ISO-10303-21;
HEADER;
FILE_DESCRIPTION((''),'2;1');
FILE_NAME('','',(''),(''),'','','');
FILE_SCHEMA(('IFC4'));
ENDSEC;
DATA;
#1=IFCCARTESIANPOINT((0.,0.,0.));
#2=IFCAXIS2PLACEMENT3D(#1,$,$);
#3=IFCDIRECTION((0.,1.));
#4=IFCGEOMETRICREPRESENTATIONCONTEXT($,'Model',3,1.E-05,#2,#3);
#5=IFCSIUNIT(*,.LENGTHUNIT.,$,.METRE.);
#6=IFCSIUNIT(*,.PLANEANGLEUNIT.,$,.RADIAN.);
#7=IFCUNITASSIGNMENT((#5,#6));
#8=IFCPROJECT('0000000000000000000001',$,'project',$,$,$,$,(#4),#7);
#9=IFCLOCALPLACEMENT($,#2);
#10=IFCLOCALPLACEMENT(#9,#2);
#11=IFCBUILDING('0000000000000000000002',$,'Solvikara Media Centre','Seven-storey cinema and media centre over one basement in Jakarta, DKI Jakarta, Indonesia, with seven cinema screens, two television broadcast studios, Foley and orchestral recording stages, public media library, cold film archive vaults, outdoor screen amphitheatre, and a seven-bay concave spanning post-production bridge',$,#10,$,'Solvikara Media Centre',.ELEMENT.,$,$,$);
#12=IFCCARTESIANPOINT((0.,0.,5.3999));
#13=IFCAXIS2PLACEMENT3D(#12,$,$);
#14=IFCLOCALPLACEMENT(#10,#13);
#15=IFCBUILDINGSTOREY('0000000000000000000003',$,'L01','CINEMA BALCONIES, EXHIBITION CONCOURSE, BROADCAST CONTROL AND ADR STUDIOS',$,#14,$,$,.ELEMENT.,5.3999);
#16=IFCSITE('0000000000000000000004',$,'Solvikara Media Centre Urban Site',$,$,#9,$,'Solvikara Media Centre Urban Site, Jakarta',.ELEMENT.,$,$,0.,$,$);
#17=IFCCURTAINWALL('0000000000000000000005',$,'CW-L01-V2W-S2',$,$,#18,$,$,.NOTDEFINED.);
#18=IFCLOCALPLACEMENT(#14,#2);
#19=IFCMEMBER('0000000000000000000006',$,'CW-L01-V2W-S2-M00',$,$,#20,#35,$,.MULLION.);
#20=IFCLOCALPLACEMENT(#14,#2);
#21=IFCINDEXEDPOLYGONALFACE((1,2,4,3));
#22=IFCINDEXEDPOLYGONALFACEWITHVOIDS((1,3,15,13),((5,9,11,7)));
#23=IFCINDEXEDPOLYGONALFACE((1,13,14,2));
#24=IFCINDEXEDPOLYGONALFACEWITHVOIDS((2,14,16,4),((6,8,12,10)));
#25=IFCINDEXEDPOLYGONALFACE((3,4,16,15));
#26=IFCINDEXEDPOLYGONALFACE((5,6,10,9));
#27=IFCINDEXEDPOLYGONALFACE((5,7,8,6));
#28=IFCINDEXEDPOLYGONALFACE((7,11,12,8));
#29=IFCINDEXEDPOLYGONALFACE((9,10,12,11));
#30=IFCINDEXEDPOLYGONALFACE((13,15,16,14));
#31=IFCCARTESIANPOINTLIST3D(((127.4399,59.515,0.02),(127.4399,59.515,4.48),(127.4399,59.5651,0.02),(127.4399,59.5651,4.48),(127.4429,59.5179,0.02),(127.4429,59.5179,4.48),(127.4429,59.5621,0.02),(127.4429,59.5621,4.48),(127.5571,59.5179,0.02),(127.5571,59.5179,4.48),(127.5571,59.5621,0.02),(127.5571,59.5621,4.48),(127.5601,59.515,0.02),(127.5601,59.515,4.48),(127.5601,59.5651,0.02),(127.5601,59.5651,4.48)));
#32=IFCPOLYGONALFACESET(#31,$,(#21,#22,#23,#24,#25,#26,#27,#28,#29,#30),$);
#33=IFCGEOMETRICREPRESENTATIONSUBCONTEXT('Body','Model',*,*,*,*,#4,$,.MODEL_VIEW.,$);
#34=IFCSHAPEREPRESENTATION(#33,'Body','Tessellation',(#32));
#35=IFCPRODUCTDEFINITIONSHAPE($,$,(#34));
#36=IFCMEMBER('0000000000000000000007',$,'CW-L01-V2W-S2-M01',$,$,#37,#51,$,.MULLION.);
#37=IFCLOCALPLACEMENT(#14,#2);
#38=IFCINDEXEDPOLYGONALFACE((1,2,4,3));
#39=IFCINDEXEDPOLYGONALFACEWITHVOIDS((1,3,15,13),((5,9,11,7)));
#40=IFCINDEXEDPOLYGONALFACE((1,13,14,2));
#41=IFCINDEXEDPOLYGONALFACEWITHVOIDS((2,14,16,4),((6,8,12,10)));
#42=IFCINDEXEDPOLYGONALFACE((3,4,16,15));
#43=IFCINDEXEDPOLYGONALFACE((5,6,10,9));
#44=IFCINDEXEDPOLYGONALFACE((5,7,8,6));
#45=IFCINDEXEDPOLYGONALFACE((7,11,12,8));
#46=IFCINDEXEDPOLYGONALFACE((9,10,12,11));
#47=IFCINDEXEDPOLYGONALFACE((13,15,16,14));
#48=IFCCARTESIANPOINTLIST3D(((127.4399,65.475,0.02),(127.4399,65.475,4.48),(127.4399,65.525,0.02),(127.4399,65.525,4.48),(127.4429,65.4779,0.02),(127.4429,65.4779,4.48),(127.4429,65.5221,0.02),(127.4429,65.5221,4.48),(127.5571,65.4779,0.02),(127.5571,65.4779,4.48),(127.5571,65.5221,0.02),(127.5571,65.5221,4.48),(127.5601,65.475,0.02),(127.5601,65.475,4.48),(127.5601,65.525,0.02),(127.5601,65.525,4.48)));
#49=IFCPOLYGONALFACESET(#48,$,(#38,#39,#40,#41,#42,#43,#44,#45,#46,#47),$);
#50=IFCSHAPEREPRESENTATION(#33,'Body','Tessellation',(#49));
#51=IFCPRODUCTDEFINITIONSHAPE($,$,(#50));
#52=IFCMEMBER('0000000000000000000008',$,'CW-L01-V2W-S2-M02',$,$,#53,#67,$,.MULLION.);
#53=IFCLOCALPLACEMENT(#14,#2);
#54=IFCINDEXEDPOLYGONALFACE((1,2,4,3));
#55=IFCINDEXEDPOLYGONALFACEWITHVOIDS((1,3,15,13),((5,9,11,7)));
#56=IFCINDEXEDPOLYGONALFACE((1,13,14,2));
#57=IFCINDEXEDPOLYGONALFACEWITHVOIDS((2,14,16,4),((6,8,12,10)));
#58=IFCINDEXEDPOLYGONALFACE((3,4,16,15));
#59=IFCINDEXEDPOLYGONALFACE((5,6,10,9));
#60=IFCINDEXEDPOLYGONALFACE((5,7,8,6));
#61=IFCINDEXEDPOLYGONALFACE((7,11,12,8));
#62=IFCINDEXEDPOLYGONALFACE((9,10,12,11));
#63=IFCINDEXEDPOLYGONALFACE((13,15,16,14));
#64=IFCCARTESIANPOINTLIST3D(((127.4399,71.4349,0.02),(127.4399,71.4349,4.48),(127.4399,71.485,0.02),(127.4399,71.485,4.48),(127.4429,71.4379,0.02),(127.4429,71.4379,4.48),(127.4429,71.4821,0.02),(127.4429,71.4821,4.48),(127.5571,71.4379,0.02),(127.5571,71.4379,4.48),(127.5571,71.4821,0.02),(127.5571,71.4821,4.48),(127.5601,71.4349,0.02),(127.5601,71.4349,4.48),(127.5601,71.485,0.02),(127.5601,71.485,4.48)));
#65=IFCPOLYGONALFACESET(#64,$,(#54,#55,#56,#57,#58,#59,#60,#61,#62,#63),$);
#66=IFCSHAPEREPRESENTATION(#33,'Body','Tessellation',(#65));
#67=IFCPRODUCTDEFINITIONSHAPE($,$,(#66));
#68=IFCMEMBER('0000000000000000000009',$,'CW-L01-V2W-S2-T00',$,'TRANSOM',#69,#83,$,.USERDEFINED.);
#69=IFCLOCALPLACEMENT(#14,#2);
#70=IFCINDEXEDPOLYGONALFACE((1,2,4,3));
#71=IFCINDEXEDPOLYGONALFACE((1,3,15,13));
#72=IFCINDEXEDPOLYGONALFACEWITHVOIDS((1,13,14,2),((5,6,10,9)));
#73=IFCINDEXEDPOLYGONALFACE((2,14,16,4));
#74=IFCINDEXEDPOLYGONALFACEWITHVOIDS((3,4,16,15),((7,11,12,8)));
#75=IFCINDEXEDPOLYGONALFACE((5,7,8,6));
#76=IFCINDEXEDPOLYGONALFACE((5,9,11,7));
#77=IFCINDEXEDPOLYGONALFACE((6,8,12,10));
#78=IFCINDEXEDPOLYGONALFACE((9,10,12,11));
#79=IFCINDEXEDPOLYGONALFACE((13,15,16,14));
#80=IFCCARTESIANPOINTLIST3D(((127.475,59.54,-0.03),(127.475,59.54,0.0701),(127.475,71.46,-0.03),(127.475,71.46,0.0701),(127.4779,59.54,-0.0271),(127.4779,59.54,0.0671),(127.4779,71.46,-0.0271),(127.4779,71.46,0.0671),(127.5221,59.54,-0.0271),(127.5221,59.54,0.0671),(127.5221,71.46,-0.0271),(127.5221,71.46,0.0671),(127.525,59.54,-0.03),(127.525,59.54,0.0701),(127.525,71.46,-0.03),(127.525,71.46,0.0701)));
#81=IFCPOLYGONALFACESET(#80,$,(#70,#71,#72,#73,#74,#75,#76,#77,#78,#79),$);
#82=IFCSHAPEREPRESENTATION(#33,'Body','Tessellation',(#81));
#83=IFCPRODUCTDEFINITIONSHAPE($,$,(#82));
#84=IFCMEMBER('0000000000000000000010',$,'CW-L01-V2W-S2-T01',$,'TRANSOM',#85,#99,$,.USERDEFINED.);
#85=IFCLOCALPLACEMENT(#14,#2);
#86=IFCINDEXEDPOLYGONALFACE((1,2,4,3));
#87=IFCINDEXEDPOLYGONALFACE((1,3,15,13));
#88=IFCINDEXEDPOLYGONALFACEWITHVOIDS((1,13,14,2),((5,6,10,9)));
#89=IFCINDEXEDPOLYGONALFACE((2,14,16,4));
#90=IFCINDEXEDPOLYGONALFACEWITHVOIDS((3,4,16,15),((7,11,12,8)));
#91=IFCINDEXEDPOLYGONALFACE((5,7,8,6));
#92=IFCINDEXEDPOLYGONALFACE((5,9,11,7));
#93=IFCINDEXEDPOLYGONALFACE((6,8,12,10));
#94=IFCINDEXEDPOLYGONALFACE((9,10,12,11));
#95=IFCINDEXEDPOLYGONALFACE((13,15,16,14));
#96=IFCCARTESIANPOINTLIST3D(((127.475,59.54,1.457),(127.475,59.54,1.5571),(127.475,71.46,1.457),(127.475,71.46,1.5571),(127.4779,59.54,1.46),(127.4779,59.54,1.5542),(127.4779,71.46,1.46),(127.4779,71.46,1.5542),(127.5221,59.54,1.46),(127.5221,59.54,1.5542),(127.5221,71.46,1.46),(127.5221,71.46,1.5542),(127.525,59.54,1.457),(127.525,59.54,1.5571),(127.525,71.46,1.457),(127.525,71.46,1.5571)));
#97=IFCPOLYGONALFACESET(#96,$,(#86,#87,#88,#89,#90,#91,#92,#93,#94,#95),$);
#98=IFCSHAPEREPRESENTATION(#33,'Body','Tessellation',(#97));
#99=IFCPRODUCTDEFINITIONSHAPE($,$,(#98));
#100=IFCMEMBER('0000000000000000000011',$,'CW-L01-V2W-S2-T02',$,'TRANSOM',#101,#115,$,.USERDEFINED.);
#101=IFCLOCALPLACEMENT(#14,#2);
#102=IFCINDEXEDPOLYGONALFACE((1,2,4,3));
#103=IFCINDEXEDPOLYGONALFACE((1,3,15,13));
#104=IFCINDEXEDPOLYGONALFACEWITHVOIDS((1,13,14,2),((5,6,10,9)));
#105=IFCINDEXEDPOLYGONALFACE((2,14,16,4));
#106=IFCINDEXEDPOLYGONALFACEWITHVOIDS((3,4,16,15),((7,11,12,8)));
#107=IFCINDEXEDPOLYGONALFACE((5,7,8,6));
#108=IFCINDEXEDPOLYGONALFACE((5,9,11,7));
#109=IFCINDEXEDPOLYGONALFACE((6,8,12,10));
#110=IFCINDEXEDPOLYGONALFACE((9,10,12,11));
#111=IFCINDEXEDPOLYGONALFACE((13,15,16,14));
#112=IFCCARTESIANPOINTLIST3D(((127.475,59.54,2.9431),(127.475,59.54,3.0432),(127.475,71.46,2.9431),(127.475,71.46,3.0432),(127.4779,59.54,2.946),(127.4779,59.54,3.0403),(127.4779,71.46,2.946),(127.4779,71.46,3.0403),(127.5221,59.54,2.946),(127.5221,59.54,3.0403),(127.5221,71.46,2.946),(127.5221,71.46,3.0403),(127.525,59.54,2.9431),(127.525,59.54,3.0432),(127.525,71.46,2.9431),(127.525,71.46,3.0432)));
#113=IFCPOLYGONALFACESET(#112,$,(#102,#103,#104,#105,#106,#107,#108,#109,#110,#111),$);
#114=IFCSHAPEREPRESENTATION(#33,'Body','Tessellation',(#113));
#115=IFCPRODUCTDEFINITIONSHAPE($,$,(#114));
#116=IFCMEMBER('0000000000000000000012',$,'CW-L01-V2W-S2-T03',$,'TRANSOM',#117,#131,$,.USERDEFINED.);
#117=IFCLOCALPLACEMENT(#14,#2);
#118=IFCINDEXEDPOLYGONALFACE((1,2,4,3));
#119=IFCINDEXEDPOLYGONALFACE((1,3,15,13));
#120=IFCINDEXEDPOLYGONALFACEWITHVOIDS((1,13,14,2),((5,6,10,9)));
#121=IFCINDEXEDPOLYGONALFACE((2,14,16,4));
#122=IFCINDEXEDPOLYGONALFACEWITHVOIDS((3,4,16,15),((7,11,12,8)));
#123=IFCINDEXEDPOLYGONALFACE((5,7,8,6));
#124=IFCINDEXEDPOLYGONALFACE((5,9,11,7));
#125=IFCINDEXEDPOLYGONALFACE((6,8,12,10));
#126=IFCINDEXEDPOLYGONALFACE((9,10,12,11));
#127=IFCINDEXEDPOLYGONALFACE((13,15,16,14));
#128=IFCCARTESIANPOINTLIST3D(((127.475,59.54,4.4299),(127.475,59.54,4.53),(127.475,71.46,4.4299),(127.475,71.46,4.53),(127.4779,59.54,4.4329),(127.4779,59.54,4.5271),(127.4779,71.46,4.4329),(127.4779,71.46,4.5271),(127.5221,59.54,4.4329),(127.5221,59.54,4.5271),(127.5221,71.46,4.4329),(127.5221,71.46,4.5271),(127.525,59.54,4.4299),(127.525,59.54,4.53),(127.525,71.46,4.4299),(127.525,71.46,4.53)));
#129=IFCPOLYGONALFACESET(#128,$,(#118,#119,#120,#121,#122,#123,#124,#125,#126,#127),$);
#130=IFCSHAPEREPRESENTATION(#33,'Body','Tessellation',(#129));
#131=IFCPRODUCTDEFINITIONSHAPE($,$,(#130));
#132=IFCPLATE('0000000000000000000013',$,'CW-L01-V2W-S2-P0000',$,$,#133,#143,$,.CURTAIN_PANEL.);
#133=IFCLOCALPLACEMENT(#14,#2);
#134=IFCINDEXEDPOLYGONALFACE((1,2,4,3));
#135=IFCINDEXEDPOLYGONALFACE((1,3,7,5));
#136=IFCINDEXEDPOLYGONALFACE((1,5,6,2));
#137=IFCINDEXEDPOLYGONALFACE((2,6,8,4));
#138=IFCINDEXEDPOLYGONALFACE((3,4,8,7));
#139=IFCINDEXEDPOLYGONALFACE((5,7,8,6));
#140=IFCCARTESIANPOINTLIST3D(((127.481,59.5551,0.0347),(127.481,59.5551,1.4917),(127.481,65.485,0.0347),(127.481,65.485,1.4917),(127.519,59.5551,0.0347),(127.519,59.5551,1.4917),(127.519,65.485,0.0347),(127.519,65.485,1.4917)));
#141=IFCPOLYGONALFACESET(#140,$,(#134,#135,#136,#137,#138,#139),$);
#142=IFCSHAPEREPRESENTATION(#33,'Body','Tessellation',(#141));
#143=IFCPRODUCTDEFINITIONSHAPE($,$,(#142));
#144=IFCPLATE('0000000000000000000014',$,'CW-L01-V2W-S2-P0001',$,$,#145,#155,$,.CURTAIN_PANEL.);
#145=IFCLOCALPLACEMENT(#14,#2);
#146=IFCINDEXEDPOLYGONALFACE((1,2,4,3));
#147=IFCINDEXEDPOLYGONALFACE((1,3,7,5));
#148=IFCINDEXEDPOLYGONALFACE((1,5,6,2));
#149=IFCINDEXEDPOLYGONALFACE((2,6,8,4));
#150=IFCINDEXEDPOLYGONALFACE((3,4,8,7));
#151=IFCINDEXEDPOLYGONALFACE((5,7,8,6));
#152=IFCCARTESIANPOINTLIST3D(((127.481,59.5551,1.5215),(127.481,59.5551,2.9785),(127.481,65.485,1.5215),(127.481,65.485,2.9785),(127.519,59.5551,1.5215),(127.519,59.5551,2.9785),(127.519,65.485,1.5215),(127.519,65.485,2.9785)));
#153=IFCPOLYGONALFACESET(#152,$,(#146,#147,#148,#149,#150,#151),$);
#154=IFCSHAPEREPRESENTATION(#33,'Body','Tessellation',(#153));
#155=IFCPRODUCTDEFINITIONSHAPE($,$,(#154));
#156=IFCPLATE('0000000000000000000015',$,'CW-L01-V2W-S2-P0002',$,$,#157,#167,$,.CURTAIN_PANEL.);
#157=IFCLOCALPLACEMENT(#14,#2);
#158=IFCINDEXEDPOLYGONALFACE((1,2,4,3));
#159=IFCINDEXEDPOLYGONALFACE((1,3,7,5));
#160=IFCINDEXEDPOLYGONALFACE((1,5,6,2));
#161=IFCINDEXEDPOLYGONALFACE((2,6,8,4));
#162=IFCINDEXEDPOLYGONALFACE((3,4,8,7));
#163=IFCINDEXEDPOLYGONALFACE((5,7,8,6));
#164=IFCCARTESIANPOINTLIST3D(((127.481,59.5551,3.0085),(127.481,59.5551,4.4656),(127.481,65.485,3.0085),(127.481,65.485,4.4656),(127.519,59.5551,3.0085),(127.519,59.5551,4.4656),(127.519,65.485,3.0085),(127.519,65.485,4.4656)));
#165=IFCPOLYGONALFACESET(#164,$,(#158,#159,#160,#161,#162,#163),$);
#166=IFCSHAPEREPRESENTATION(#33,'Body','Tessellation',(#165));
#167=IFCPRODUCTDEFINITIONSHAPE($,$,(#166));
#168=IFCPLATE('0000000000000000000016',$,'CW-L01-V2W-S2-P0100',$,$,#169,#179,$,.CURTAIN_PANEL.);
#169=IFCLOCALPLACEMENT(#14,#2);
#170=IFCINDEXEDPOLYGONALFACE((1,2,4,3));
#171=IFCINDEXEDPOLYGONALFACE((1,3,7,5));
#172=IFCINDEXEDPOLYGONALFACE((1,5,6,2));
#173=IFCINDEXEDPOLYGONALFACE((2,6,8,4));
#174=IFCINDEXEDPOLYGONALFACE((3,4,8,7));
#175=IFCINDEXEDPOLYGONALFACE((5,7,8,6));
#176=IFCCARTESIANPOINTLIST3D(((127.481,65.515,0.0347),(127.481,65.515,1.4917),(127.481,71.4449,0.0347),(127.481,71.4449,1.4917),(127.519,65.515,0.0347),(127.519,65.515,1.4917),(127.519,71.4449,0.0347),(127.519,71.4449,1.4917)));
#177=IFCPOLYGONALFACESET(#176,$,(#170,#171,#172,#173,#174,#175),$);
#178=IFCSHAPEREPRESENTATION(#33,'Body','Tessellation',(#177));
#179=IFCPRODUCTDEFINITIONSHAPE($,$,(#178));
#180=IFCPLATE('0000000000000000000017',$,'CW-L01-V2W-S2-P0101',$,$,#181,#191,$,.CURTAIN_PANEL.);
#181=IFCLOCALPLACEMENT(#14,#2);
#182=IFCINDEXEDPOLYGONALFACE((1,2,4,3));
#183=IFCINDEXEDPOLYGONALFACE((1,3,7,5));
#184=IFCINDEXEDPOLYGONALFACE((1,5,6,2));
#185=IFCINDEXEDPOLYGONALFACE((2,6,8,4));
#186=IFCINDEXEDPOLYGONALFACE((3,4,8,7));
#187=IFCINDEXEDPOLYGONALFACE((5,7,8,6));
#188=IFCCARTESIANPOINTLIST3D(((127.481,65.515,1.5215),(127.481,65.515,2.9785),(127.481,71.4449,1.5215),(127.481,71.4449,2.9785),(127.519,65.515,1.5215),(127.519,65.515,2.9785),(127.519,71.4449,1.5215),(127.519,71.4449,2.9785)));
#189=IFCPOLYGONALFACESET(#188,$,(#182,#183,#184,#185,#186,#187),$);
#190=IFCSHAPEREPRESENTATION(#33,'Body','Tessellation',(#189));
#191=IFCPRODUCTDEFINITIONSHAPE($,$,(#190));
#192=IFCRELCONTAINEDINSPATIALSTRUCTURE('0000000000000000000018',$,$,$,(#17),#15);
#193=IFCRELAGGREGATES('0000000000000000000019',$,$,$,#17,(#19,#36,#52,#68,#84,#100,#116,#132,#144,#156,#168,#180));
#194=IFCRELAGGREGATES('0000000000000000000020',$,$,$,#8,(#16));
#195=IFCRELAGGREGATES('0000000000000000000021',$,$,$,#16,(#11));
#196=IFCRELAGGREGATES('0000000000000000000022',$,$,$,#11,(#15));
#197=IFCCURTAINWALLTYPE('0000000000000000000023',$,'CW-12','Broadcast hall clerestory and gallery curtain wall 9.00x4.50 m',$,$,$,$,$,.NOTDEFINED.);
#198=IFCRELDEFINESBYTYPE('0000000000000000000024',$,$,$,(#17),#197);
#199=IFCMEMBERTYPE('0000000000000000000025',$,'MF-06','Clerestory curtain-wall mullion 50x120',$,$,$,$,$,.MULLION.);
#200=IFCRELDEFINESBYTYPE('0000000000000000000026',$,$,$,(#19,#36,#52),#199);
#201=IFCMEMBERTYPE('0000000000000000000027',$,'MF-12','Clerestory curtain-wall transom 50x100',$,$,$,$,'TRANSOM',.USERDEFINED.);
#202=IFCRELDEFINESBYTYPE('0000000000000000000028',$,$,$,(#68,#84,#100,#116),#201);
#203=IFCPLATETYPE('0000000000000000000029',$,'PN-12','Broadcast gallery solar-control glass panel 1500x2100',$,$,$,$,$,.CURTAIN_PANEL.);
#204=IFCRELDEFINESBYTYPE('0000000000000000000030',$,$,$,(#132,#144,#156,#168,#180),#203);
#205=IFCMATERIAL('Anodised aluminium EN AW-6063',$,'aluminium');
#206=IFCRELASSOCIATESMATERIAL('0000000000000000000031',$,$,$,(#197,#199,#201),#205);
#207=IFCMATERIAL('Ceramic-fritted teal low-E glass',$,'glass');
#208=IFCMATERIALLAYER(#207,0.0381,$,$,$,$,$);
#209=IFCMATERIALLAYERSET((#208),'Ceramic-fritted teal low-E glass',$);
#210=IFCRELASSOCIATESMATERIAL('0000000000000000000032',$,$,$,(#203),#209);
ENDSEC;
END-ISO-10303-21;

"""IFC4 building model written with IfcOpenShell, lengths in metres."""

from ifc_helpers import new_model, si_unit, direction, frame, origin, origin_2d, place, context, subcontext, project, spatial, rectangle, hollow_rectangle, extrude, material, layer, layer_set, material_profile, profile_set, type_object, element, aggregate, save


model = new_model("IFC4")

# Units and contexts
model_context = context("Model", 3, precision=1e-05, world=origin(), true_north=direction((0.0, 1.0)))
body_context = subcontext(model_context, "Body", "Model", "MODEL_VIEW")
ifc_project = project(units=[si_unit("LENGTHUNIT", "METRE"), si_unit("PLANEANGLEUNIT", "RADIAN")], contexts=[model_context])

# Site, building, storey
site_placement = place(None, origin())
site = spatial("IfcSite", under=ifc_project, at=site_placement, Name="Solvikara Media Centre Urban Site", LongName="Solvikara Media Centre Urban Site, Jakarta", CompositionType="ELEMENT", RefElevation=0.0)
building_placement = place(site_placement, origin())
building = spatial("IfcBuilding", under=site, at=building_placement, Name="Solvikara Media Centre", Description="Seven-storey cinema and media centre over one basement in Jakarta, DKI Jakarta, Indonesia, with seven cinema screens, two television broadcast studios, Foley and orchestral recording stages, public media library, cold film archive vaults, outdoor screen amphitheatre, and a seven-bay concave spanning post-production bridge", LongName="Solvikara Media Centre", CompositionType="ELEMENT")
storey_placement = place(building_placement, frame((0.0, 0.0, 5.3999)))
storey = spatial("IfcBuildingStorey", under=building, at=storey_placement, Name="L01", Description="CINEMA BALCONIES, EXHIBITION CONCOURSE, BROADCAST CONTROL AND ADR STUDIOS", CompositionType="ELEMENT", Elevation=5.3999)

# Curtain wall, members, plates
ifc_material_1 = material(Name="Anodised aluminium EN AW-6063", Category="aluminium")
curtain_wall_type = type_object("IfcCurtainWallType", Name="CW-12", Description="Broadcast hall clerestory and gallery curtain wall 9.00x4.50 m", PredefinedType="NOTDEFINED", material=ifc_material_1)
curtain_wall_placement = place(storey_placement, origin())
curtain_wall = element("IfcCurtainWall", 1, at=curtain_wall_placement, inside=storey, type_object=curtain_wall_type, Name="CW-L01-V2W-S2", PredefinedType="NOTDEFINED")
ifc_material_profile_1 = material_profile(ifc_material_1, hollow_rectangle(XDim=0.05, YDim=0.1201, WallThickness=0.0029, at=origin_2d()), Name="ALU-M 50x120x3")
ifc_profile_set_1 = profile_set([ifc_material_profile_1], Name="Anodised aluminium EN AW-6063")
member_type_1 = type_object("IfcMemberType", Name="MF-06", Description="Clerestory curtain-wall mullion 50x120", PredefinedType="MULLION", material=ifc_profile_set_1)
member_1_placement = place(storey_placement, frame((127.5, 59.54, 0.02), z_axis=(0.0, 0.0, 1.0), x_axis=(0.0, 1.0, 0.0)))
member_1 = element("IfcMember", 2, at=member_1_placement, type_object=member_type_1, Name="CW-L01-V2W-S2-M00", PredefinedType="MULLION", context=body_context, shape_type="SweptSolid", body=[
    extrude(hollow_rectangle(XDim=0.05, YDim=0.1201, WallThickness=0.0029, at=origin_2d()), origin(), (0.0, 0.0, 1.0), 4.46),
])
member_2_placement = place(storey_placement, frame((127.5, 65.5, 0.02), z_axis=(0.0, 0.0, 1.0), x_axis=(0.0, 1.0, 0.0)))
member_2 = element("IfcMember", 3, at=member_2_placement, type_object=member_type_1, Name="CW-L01-V2W-S2-M01", PredefinedType="MULLION", context=body_context, shape_type="SweptSolid", body=[
    extrude(hollow_rectangle(XDim=0.05, YDim=0.1201, WallThickness=0.0029, at=origin_2d()), origin(), (0.0, 0.0, 1.0), 4.46),
])
member_3_placement = place(storey_placement, frame((127.5, 71.46, 0.02), z_axis=(0.0, 0.0, 1.0), x_axis=(0.0, 1.0, 0.0)))
member_3 = element("IfcMember", 4, at=member_3_placement, type_object=member_type_1, Name="CW-L01-V2W-S2-M02", PredefinedType="MULLION", context=body_context, shape_type="SweptSolid", body=[
    extrude(hollow_rectangle(XDim=0.05, YDim=0.1201, WallThickness=0.0029, at=origin_2d()), origin(), (0.0, 0.0, 1.0), 4.46),
])
ifc_material_profile_2 = material_profile(ifc_material_1, hollow_rectangle(XDim=0.05, YDim=0.1001, WallThickness=0.0029, at=origin_2d()), Name="ALU-T 50x100x3")
ifc_profile_set_2 = profile_set([ifc_material_profile_2], Name="Anodised aluminium EN AW-6063")
member_type_2 = type_object("IfcMemberType", Name="MF-12", Description="Clerestory curtain-wall transom 50x100", ElementType="TRANSOM", PredefinedType="USERDEFINED", material=ifc_profile_set_2)
member_4_placement = place(storey_placement, frame((127.5, 59.54, 0.02), z_axis=(0.0, 1.0, 0.0), x_axis=(-1.0, 0.0, 0.0)))
member_4 = element("IfcMember", 5, at=member_4_placement, type_object=member_type_2, Name="CW-L01-V2W-S2-T00", ObjectType="TRANSOM", PredefinedType="USERDEFINED", context=body_context, shape_type="SweptSolid", body=[
    extrude(hollow_rectangle(XDim=0.05, YDim=0.1001, WallThickness=0.0029, at=origin_2d()), origin(), (0.0, 0.0, 1.0), 11.9199),
])
member_5_placement = place(storey_placement, frame((127.5, 59.54, 1.5071), z_axis=(0.0, 1.0, 0.0), x_axis=(-1.0, 0.0, 0.0)))
member_5 = element("IfcMember", 6, at=member_5_placement, type_object=member_type_2, Name="CW-L01-V2W-S2-T01", ObjectType="TRANSOM", PredefinedType="USERDEFINED", context=body_context, shape_type="SweptSolid", body=[
    extrude(hollow_rectangle(XDim=0.05, YDim=0.1001, WallThickness=0.0029, at=origin_2d()), origin(), (0.0, 0.0, 1.0), 11.9199),
])
member_6_placement = place(storey_placement, frame((127.5, 59.54, 2.9932), z_axis=(0.0, 1.0, 0.0), x_axis=(-1.0, 0.0, 0.0)))
member_6 = element("IfcMember", 7, at=member_6_placement, type_object=member_type_2, Name="CW-L01-V2W-S2-T02", ObjectType="TRANSOM", PredefinedType="USERDEFINED", context=body_context, shape_type="SweptSolid", body=[
    extrude(hollow_rectangle(XDim=0.05, YDim=0.1001, WallThickness=0.0029, at=origin_2d()), origin(), (0.0, 0.0, 1.0), 11.9199),
])
member_7_placement = place(storey_placement, frame((127.5, 59.54, 4.48), z_axis=(0.0, 1.0, 0.0), x_axis=(-1.0, 0.0, 0.0)))
member_7 = element("IfcMember", 8, at=member_7_placement, type_object=member_type_2, Name="CW-L01-V2W-S2-T03", ObjectType="TRANSOM", PredefinedType="USERDEFINED", context=body_context, shape_type="SweptSolid", body=[
    extrude(hollow_rectangle(XDim=0.05, YDim=0.1001, WallThickness=0.0029, at=origin_2d()), origin(), (0.0, 0.0, 1.0), 11.9199),
])
ifc_material_2 = material(Name="Ceramic-fritted teal low-E glass", Category="glass")
ifc_layer_1 = layer(ifc_material_2, 0.0381)
ifc_layer_set_1 = layer_set([ifc_layer_1], Name="Ceramic-fritted teal low-E glass")
plate_type = type_object("IfcPlateType", Name="PN-12", Description="Broadcast gallery solar-control glass panel 1500x2100", PredefinedType="CURTAIN_PANEL", material=ifc_layer_set_1)
plate_1_placement = place(storey_placement, frame((127.5, 62.52, 0.0347), z_axis=(0.0, 0.0, 1.0), x_axis=(0.0, 1.0, 0.0)))
plate_1 = element("IfcPlate", 9, at=plate_1_placement, type_object=plate_type, Name="CW-L01-V2W-S2-P0000", PredefinedType="CURTAIN_PANEL", context=body_context, shape_type="SweptSolid", body=[
    extrude(rectangle(XDim=5.9299, YDim=0.0381, at=origin_2d()), origin(), (0.0, 0.0, 1.0), 1.457),
])
plate_2_placement = place(storey_placement, frame((127.5, 62.52, 1.5215), z_axis=(0.0, 0.0, 1.0), x_axis=(0.0, 1.0, 0.0)))
plate_2 = element("IfcPlate", 10, at=plate_2_placement, type_object=plate_type, Name="CW-L01-V2W-S2-P0001", PredefinedType="CURTAIN_PANEL", context=body_context, shape_type="SweptSolid", body=[
    extrude(rectangle(XDim=5.9299, YDim=0.0381, at=origin_2d()), origin(), (0.0, 0.0, 1.0), 1.457),
])
plate_3_placement = place(storey_placement, frame((127.5, 62.52, 3.0085), z_axis=(0.0, 0.0, 1.0), x_axis=(0.0, 1.0, 0.0)))
plate_3 = element("IfcPlate", 11, at=plate_3_placement, type_object=plate_type, Name="CW-L01-V2W-S2-P0002", PredefinedType="CURTAIN_PANEL", context=body_context, shape_type="SweptSolid", body=[
    extrude(rectangle(XDim=5.9299, YDim=0.0381, at=origin_2d()), origin(), (0.0, 0.0, 1.0), 1.457),
])
plate_4_placement = place(storey_placement, frame((127.5, 68.48, 0.0347), z_axis=(0.0, 0.0, 1.0), x_axis=(0.0, 1.0, 0.0)))
plate_4 = element("IfcPlate", 12, at=plate_4_placement, type_object=plate_type, Name="CW-L01-V2W-S2-P0100", PredefinedType="CURTAIN_PANEL", context=body_context, shape_type="SweptSolid", body=[
    extrude(rectangle(XDim=5.9299, YDim=0.0381, at=origin_2d()), origin(), (0.0, 0.0, 1.0), 1.457),
])
plate_5_placement = place(storey_placement, frame((127.5, 68.48, 1.5215), z_axis=(0.0, 0.0, 1.0), x_axis=(0.0, 1.0, 0.0)))
plate_5 = element("IfcPlate", 13, at=plate_5_placement, type_object=plate_type, Name="CW-L01-V2W-S2-P0101", PredefinedType="CURTAIN_PANEL", context=body_context, shape_type="SweptSolid", body=[
    extrude(rectangle(XDim=5.9299, YDim=0.0381, at=origin_2d()), origin(), (0.0, 0.0, 1.0), 1.457),
])
aggregate(curtain_wall, [member_1, member_2, member_3, member_4, member_5, member_6, member_7, plate_1, plate_2, plate_3, plate_4, plate_5])

save(model, "model.ifc")
